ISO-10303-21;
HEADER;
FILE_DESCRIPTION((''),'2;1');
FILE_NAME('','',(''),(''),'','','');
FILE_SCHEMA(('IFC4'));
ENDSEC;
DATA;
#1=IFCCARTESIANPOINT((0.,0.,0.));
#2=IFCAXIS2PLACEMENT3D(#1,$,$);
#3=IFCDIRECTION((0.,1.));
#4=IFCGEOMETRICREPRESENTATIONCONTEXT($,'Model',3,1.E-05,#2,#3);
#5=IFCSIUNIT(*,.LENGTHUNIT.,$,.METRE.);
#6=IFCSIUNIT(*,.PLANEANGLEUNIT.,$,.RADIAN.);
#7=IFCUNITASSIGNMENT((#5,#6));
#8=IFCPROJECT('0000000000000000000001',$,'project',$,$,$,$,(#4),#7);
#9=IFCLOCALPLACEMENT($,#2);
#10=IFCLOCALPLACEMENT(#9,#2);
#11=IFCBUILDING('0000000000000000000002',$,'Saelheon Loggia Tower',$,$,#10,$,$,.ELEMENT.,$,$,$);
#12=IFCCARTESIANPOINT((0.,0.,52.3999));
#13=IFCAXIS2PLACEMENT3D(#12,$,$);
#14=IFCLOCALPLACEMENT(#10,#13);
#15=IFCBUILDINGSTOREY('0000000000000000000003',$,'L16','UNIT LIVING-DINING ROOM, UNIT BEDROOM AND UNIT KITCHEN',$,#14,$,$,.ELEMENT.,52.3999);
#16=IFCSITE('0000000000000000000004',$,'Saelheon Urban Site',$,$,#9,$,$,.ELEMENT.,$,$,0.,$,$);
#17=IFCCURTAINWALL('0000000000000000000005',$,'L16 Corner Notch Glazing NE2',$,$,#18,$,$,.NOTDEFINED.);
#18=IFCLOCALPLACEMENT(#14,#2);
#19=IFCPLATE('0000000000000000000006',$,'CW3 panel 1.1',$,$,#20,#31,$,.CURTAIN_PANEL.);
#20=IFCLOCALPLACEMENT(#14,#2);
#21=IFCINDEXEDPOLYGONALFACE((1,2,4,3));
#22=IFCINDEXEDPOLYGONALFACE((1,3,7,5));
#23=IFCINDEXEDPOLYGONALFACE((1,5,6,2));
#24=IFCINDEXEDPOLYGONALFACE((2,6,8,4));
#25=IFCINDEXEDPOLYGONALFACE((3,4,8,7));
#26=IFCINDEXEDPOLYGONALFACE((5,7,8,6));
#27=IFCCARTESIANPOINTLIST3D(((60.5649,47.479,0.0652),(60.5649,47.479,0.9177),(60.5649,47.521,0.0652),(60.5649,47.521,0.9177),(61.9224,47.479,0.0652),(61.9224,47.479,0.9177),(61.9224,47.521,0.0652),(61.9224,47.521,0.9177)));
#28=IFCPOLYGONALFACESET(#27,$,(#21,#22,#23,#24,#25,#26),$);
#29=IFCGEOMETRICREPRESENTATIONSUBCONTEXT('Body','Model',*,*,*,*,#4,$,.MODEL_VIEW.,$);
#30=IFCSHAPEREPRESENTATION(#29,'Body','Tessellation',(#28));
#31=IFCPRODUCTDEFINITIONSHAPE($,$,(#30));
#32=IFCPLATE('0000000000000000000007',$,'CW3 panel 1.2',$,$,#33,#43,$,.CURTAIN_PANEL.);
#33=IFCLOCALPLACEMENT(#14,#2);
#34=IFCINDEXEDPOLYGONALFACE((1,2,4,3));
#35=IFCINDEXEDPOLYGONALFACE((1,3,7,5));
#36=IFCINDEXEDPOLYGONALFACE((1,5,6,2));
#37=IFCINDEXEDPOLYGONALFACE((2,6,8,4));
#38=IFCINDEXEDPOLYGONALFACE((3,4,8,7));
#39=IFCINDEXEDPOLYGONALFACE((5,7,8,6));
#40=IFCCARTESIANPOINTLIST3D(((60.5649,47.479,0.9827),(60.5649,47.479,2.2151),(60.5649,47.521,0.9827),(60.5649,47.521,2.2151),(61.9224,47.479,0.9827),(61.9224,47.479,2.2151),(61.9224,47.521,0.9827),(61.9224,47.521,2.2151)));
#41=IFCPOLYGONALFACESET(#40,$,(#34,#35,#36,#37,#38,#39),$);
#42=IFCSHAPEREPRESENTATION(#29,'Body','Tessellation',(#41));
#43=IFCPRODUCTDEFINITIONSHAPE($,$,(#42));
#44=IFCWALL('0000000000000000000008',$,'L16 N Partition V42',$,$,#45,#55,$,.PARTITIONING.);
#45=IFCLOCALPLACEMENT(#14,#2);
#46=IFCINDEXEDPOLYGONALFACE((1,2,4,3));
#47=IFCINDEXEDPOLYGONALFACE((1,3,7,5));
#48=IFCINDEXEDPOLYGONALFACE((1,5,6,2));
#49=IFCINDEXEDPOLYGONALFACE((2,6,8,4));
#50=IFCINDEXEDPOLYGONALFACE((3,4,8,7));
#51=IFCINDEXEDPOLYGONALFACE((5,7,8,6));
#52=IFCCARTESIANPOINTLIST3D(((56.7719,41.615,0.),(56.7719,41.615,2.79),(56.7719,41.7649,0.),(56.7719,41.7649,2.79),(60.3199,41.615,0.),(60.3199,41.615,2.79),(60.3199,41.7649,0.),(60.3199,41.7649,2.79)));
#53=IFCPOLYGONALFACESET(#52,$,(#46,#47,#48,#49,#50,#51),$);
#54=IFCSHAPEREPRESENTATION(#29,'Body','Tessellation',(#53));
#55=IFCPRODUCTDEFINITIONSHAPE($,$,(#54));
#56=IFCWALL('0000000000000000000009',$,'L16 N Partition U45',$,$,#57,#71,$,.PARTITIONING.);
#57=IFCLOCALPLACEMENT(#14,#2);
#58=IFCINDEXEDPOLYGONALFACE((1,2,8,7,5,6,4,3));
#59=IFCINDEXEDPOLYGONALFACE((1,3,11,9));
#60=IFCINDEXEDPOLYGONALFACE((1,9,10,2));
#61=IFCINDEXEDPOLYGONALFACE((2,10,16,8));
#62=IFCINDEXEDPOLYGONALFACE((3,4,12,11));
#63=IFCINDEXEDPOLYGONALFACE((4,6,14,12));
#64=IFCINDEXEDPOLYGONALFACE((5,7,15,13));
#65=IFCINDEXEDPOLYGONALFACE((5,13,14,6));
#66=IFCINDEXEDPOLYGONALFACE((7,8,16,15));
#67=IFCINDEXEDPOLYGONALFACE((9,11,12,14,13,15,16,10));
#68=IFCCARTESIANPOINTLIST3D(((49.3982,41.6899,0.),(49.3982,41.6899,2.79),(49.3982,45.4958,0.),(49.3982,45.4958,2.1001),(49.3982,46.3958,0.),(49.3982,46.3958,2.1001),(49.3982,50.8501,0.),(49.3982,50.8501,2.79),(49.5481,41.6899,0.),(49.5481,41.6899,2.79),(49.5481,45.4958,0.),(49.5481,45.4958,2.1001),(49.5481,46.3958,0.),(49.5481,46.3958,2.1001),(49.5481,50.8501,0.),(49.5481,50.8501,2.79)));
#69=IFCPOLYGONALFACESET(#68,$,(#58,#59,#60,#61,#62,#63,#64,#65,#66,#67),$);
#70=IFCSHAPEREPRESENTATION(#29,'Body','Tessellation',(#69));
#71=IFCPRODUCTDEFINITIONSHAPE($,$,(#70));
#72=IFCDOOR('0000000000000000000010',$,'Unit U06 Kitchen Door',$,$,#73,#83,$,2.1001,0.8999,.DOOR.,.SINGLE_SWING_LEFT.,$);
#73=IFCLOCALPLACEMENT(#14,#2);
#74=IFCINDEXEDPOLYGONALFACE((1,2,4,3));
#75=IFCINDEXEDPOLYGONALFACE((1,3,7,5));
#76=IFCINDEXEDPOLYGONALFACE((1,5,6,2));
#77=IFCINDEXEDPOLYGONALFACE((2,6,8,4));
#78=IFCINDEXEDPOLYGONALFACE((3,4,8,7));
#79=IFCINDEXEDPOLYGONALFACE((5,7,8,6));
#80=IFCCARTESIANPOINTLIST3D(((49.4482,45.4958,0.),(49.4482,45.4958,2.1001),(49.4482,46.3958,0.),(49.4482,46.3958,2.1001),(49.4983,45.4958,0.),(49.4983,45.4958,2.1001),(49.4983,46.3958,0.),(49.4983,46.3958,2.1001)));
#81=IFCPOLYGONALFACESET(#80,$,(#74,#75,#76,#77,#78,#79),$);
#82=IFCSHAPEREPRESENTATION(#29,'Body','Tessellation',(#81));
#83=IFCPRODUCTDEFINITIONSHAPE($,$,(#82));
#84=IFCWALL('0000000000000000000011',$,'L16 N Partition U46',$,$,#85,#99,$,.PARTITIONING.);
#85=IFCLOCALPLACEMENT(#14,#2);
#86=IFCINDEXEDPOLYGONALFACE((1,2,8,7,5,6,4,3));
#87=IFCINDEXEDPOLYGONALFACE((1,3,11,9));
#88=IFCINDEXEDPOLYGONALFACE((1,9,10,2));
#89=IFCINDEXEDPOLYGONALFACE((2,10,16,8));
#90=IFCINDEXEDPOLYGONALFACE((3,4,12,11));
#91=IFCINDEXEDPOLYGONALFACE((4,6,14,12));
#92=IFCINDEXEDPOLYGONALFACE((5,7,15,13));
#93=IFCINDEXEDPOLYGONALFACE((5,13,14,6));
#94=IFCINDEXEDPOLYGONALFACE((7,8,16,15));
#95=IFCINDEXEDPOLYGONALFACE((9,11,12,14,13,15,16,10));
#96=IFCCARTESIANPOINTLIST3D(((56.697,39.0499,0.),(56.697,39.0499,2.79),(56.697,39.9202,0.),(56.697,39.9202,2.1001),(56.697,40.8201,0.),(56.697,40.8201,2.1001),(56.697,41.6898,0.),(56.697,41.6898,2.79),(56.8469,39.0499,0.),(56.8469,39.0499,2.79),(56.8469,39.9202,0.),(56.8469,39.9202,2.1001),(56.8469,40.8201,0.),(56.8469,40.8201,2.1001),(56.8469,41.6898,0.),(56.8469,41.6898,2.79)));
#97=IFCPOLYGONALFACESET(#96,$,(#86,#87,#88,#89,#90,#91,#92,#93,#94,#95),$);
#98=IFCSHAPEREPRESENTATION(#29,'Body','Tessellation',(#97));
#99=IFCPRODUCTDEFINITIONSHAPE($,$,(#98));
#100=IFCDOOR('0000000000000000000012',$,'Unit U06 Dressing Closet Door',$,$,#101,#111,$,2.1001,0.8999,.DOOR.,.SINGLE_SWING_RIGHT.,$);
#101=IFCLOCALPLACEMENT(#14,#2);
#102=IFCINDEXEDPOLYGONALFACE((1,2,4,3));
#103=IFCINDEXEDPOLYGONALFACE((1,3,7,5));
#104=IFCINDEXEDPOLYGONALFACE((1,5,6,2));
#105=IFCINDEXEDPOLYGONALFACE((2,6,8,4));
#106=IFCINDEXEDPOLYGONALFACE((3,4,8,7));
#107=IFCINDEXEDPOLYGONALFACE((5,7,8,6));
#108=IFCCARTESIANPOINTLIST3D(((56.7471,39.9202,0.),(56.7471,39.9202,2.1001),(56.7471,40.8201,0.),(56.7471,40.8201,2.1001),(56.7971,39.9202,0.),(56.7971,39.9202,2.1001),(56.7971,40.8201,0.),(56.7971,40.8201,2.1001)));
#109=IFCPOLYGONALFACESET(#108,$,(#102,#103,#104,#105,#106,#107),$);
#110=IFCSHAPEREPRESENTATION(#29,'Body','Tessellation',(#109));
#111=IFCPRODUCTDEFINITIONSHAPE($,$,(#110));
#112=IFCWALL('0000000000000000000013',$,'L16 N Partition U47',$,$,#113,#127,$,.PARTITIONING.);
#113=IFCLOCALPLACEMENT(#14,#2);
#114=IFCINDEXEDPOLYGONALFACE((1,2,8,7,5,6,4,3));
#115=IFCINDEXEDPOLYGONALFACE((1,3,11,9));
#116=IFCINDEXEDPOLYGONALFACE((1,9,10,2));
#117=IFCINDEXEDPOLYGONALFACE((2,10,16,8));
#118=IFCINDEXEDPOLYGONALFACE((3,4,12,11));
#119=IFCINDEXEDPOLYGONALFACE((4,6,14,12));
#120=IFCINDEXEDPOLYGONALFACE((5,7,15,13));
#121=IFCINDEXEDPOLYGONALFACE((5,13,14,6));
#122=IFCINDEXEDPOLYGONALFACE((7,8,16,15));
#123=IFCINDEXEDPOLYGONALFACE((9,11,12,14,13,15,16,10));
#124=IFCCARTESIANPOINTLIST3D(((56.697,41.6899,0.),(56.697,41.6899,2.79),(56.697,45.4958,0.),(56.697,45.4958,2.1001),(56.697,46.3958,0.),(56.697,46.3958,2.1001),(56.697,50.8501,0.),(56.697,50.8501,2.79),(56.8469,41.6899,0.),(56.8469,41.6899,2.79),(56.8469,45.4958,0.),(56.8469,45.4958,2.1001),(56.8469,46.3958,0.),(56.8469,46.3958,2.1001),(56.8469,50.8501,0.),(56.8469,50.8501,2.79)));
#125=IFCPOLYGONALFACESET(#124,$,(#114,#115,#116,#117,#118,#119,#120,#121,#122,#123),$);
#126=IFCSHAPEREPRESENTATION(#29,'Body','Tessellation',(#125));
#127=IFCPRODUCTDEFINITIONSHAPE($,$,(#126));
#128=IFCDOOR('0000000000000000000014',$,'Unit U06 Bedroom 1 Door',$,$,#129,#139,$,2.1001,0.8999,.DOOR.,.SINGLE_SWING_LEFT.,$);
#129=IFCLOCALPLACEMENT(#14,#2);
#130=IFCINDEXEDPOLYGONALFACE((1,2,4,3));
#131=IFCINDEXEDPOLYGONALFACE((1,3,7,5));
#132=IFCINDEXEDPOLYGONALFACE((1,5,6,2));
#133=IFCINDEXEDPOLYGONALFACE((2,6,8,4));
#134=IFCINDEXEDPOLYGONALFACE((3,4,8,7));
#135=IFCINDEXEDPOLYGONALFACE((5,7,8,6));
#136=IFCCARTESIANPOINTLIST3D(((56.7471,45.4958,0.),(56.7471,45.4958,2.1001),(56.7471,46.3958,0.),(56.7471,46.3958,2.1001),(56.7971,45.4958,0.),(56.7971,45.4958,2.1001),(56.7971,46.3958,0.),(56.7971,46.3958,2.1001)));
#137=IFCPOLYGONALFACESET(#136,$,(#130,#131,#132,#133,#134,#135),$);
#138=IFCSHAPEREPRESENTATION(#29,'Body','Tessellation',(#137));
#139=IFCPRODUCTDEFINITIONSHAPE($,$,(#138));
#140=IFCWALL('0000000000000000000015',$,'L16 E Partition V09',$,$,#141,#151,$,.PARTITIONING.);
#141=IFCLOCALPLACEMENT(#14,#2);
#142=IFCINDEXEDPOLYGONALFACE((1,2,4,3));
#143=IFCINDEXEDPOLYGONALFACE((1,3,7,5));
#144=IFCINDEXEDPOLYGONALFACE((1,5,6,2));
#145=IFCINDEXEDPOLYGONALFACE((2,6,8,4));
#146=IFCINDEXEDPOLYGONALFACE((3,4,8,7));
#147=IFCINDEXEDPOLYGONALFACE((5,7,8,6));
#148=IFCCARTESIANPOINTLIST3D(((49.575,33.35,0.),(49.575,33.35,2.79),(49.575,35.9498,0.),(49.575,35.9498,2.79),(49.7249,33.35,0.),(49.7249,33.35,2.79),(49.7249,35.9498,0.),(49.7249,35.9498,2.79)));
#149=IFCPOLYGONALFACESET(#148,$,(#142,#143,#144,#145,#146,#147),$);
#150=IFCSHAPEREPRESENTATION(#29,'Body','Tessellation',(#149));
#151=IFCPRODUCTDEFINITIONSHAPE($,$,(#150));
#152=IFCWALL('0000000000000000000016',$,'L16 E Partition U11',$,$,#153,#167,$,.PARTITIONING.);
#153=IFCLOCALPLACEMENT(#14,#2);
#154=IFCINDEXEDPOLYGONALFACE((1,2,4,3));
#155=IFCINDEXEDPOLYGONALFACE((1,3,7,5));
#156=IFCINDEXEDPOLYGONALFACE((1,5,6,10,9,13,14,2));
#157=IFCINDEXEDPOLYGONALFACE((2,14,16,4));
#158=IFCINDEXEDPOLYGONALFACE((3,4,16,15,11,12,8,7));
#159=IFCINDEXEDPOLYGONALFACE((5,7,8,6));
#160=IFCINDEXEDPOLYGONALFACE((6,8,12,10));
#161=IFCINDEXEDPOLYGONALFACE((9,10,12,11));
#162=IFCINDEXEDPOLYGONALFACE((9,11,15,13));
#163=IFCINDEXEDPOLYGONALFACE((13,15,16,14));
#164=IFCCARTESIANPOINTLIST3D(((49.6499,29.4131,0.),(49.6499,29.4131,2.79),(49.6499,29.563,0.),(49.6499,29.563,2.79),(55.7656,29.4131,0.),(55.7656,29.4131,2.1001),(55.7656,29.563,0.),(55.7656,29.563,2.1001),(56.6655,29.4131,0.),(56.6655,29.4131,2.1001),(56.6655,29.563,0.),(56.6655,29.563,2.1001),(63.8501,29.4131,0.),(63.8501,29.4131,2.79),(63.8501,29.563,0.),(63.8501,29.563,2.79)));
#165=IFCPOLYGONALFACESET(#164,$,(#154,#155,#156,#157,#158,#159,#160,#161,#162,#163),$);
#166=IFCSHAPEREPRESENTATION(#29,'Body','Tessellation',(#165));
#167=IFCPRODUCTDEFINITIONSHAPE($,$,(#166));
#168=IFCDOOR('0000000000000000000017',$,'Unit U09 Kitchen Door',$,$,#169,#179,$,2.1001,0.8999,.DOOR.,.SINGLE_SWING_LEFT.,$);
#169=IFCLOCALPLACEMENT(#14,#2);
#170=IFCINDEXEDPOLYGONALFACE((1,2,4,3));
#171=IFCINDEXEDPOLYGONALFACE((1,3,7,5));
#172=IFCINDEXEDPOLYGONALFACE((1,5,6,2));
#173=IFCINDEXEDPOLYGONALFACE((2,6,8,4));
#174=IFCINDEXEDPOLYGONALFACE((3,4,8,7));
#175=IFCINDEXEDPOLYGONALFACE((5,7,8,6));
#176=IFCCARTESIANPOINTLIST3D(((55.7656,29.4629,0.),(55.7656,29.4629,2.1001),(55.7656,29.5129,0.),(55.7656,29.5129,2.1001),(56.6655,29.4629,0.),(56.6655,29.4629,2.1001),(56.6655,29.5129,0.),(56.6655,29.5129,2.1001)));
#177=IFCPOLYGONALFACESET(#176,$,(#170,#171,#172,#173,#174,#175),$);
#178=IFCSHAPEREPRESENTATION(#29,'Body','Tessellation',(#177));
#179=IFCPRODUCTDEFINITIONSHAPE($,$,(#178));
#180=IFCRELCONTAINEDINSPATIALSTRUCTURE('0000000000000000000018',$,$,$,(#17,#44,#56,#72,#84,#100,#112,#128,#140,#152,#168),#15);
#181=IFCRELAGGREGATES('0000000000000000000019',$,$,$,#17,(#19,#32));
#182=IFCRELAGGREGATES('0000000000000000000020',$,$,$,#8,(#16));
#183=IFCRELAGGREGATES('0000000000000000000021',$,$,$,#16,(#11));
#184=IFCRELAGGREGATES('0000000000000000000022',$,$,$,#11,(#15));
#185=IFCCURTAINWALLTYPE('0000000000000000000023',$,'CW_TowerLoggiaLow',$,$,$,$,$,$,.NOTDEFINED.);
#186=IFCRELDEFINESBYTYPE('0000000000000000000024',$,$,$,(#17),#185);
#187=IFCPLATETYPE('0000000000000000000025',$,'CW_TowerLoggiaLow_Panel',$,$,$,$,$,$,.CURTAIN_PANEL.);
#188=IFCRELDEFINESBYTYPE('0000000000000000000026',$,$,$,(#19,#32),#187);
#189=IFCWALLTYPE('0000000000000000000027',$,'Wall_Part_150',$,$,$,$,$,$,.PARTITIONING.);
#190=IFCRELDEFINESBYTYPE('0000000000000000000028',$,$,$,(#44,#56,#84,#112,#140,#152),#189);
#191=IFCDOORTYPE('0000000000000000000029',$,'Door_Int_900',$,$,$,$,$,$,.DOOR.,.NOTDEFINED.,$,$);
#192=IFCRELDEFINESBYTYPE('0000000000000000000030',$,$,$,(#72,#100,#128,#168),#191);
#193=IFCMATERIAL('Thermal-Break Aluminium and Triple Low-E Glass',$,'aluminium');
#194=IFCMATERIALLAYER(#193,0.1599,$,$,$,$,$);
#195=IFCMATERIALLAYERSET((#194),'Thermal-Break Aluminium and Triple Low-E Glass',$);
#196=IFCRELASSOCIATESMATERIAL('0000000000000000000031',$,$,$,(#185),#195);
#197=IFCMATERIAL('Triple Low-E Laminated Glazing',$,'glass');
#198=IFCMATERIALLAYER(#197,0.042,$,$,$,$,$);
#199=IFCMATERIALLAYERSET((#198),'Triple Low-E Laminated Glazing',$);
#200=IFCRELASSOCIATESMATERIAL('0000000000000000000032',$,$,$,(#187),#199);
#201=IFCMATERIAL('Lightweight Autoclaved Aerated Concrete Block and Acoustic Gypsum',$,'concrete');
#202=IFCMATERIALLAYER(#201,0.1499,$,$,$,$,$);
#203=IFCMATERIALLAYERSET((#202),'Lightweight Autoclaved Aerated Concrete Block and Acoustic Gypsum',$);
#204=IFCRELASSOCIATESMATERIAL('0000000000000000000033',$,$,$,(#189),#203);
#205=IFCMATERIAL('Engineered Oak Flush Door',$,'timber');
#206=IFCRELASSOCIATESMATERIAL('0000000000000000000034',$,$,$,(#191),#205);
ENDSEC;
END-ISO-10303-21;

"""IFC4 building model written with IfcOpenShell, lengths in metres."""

from ifc_helpers import new_model, si_unit, direction, frame, frame_2d, origin, origin_2d, place, context, subcontext, project, spatial, rectangle, extrude, source, transform, mapped, material, layer, layer_set, type_object, element, fill, aggregate, save


model = new_model("IFC4")

# Units and contexts
model_context = context("Model", 3, precision=1e-05, world=origin(), true_north=direction((0.0, 1.0)))
body_context = subcontext(model_context, "Body", "Model", "MODEL_VIEW")
ifc_project = project(units=[si_unit("LENGTHUNIT", "METRE"), si_unit("PLANEANGLEUNIT", "RADIAN")], contexts=[model_context])

# Site, building, storey
site_placement = place(None, origin())
site = spatial("IfcSite", under=ifc_project, at=site_placement, Name="Saelheon Urban Site", CompositionType="ELEMENT", RefElevation=0.0)
building_placement = place(site_placement, origin())
building = spatial("IfcBuilding", under=site, at=building_placement, Name="Saelheon Loggia Tower", CompositionType="ELEMENT")
storey_placement = place(building_placement, frame((0.0, 0.0, 52.3999)))
storey = spatial("IfcBuildingStorey", under=building, at=storey_placement, Name="L16", Description="UNIT LIVING-DINING ROOM, UNIT BEDROOM AND UNIT KITCHEN", CompositionType="ELEMENT", Elevation=52.3999)

# Curtain wall, plates
ifc_material_1 = material(Name="Thermal-Break Aluminium and Triple Low-E Glass", Category="aluminium")
ifc_layer_1 = layer(ifc_material_1, 0.1599)
ifc_layer_set_1 = layer_set([ifc_layer_1], Name="Thermal-Break Aluminium and Triple Low-E Glass")
curtain_wall_type = type_object("IfcCurtainWallType", Name="CW_TowerLoggiaLow", PredefinedType="NOTDEFINED", material=ifc_layer_set_1)
curtain_wall_placement = place(storey_placement, origin())
curtain_wall = element("IfcCurtainWall", 1, at=curtain_wall_placement, inside=storey, type_object=curtain_wall_type, Name="L16 Corner Notch Glazing NE2", PredefinedType="NOTDEFINED")
ifc_material_2 = material(Name="Triple Low-E Laminated Glazing", Category="glass")
ifc_layer_2 = layer(ifc_material_2, 0.042)
ifc_layer_set_2 = layer_set([ifc_layer_2], Name="Triple Low-E Laminated Glazing")
plate_type = type_object("IfcPlateType", Name="CW_TowerLoggiaLow_Panel", PredefinedType="CURTAIN_PANEL", material=ifc_layer_set_2)
shared_shape_1 = source(origin(), body_context, "Body", "SweptSolid", [
    extrude(rectangle(XDim=1.3574, YDim=0.042, at=origin_2d()), origin(), (0.0, 0.0, 1.0), 0.8525),
])
plate_1_placement = place(storey_placement, frame((61.2437, 47.5, 0.0652), z_axis=(0.0, 0.0, 1.0), x_axis=(1.0, 0.0, 0.0)))
plate_1 = element("IfcPlate", 2, at=plate_1_placement, type_object=plate_type, Name="CW3 panel 1.1", PredefinedType="CURTAIN_PANEL", context=body_context, shape_type="MappedRepresentation", body=[
    mapped(shared_shape_1, transform((0.0, 0.0, 0.0), scale=1.0)),
])
shared_shape_2 = source(origin(), body_context, "Body", "SweptSolid", [
    extrude(rectangle(XDim=1.3574, YDim=0.042, at=origin_2d()), origin(), (0.0, 0.0, 1.0), 1.2324),
])
plate_2_placement = place(storey_placement, frame((61.2437, 47.5, 0.9827), z_axis=(0.0, 0.0, 1.0), x_axis=(1.0, 0.0, 0.0)))
plate_2 = element("IfcPlate", 3, at=plate_2_placement, type_object=plate_type, Name="CW3 panel 1.2", PredefinedType="CURTAIN_PANEL", context=body_context, shape_type="MappedRepresentation", body=[
    mapped(shared_shape_2, transform((0.0, 0.0, 0.0), scale=1.0)),
])
aggregate(curtain_wall, [plate_1, plate_2])

# Wall
ifc_material_3 = material(Name="Lightweight Autoclaved Aerated Concrete Block and Acoustic Gypsum", Category="concrete")
ifc_layer_3 = layer(ifc_material_3, 0.1499)
ifc_layer_set_3 = layer_set([ifc_layer_3], Name="Lightweight Autoclaved Aerated Concrete Block and Acoustic Gypsum")
wall_type_1 = type_object("IfcWallType", Name="Wall_Part_150", PredefinedType="PARTITIONING", material=ifc_layer_set_3)
wall_1_placement = place(storey_placement, frame((56.772, 41.6899, 0.0), z_axis=(0.0, 0.0, 1.0), x_axis=(1.0, 0.0, 0.0)))
element("IfcWall", 4, at=wall_1_placement, inside=storey, type_object=wall_type_1, Name="L16 N Partition V42", PredefinedType="PARTITIONING", context=body_context, shape_type="SweptSolid", body=[
    extrude(rectangle(XDim=3.5481, YDim=0.1499, at=frame_2d((1.7739, 0.0))), origin(), (0.0, 0.0, 1.0), 2.79),
])

# Walls, openings, doors
wall_2_placement = place(storey_placement, frame((49.4731, 41.6899, 0.0), z_axis=(0.0, 0.0, 1.0), x_axis=(0.0, 1.0, 0.0)))
wall_2 = element("IfcWall", 5, at=wall_2_placement, inside=storey, type_object=wall_type_1, Name="L16 N Partition U45", PredefinedType="PARTITIONING", context=body_context, shape_type="SweptSolid", body=[
    extrude(rectangle(XDim=9.1602, YDim=0.1499, at=frame_2d((4.5801, 0.0))), origin(), (0.0, 0.0, 1.0), 2.79),
])
opening_1_placement = place(wall_2_placement, frame((3.8059, 0.0, 0.0)))
opening_1 = element("IfcOpeningElement", 6, at=opening_1_placement, cuts=wall_2, PredefinedType="OPENING", context=body_context, shape_type="SweptSolid", body=[
    extrude(rectangle(XDim=0.8999, YDim=2.1001, at=frame_2d((0.45, 1.05))), frame((0.0, 0.0869, 0.0), z_axis=(0.0, -1.0, 0.0), x_axis=(1.0, 0.0, 0.0)), (0.0, 0.0, 1.0), 0.1738),
])
ifc_material_4 = material(Name="Engineered Oak Flush Door", Category="timber")
door_type = type_object("IfcDoorType", Name="Door_Int_900", OperationType="NOTDEFINED", PredefinedType="DOOR", material=ifc_material_4)
shared_shape_3 = source(origin(), body_context, "Body", "SweptSolid", [
    extrude(rectangle(XDim=0.8999, YDim=2.1001, at=frame_2d((0.45, 1.05))), frame((0.0, 0.0249, 0.0), z_axis=(0.0, -1.0, 0.0), x_axis=(1.0, 0.0, 0.0)), (0.0, 0.0, 1.0), 0.05),
])
door_1_placement = place(opening_1_placement, origin())
door_1 = element("IfcDoor", 7, at=door_1_placement, inside=storey, type_object=door_type, Name="Unit U06 Kitchen Door", OperationType="SINGLE_SWING_LEFT", OverallHeight=2.1001, OverallWidth=0.8999, PredefinedType="DOOR", context=body_context, shape_type="MappedRepresentation", body=[
    mapped(shared_shape_3, transform((0.0, 0.0, 0.0), scale=1.0)),
])
fill(opening_1, door_1)
wall_3_placement = place(storey_placement, frame((56.772, 39.05, 0.0), z_axis=(0.0, 0.0, 1.0), x_axis=(0.0, 1.0, 0.0)))
wall_3 = element("IfcWall", 8, at=wall_3_placement, inside=storey, type_object=wall_type_1, Name="L16 N Partition U46", PredefinedType="PARTITIONING", context=body_context, shape_type="SweptSolid", body=[
    extrude(rectangle(XDim=2.6399, YDim=0.1499, at=frame_2d((1.3198, 0.0))), origin(), (0.0, 0.0, 1.0), 2.79),
])
opening_2_placement = place(wall_3_placement, frame((0.8701, 0.0, 0.0)))
opening_2 = element("IfcOpeningElement", 9, at=opening_2_placement, cuts=wall_3, PredefinedType="OPENING", context=body_context, shape_type="SweptSolid", body=[
    extrude(rectangle(XDim=0.8999, YDim=2.1001, at=frame_2d((0.45, 1.05))), frame((0.0, 0.0869, 0.0), z_axis=(0.0, -1.0, 0.0), x_axis=(1.0, 0.0, 0.0)), (0.0, 0.0, 1.0), 0.1738),
])
door_2_placement = place(opening_2_placement, origin())
door_2 = element("IfcDoor", 10, at=door_2_placement, inside=storey, type_object=door_type, Name="Unit U06 Dressing Closet Door", OperationType="SINGLE_SWING_RIGHT", OverallHeight=2.1001, OverallWidth=0.8999, PredefinedType="DOOR", context=body_context, shape_type="MappedRepresentation", body=[
    mapped(shared_shape_3, transform((0.0, 0.0, 0.0), scale=1.0)),
])
fill(opening_2, door_2)
wall_4_placement = place(storey_placement, frame((56.772, 41.6899, 0.0), z_axis=(0.0, 0.0, 1.0), x_axis=(0.0, 1.0, 0.0)))
wall_4 = element("IfcWall", 11, at=wall_4_placement, inside=storey, type_object=wall_type_1, Name="L16 N Partition U47", PredefinedType="PARTITIONING", context=body_context, shape_type="SweptSolid", body=[
    extrude(rectangle(XDim=9.1602, YDim=0.1499, at=frame_2d((4.5801, 0.0))), origin(), (0.0, 0.0, 1.0), 2.79),
])
opening_3_placement = place(wall_4_placement, frame((3.8059, 0.0, 0.0)))
opening_3 = element("IfcOpeningElement", 12, at=opening_3_placement, cuts=wall_4, PredefinedType="OPENING", context=body_context, shape_type="SweptSolid", body=[
    extrude(rectangle(XDim=0.8999, YDim=2.1001, at=frame_2d((0.45, 1.05))), frame((0.0, 0.0869, 0.0), z_axis=(0.0, -1.0, 0.0), x_axis=(1.0, 0.0, 0.0)), (0.0, 0.0, 1.0), 0.1738),
])
door_3_placement = place(opening_3_placement, origin())
door_3 = element("IfcDoor", 13, at=door_3_placement, inside=storey, type_object=door_type, Name="Unit U06 Bedroom 1 Door", OperationType="SINGLE_SWING_LEFT", OverallHeight=2.1001, OverallWidth=0.8999, PredefinedType="DOOR", context=body_context, shape_type="MappedRepresentation", body=[
    mapped(shared_shape_3, transform((0.0, 0.0, 0.0), scale=1.0)),
])
fill(opening_3, door_3)

# Wall
wall_5_placement = place(storey_placement, frame((49.6499, 33.3501, 0.0), z_axis=(0.0, 0.0, 1.0), x_axis=(0.0, 1.0, 0.0)))
element("IfcWall", 14, at=wall_5_placement, inside=storey, type_object=wall_type_1, Name="L16 E Partition V09", PredefinedType="PARTITIONING", context=body_context, shape_type="SweptSolid", body=[
    extrude(rectangle(XDim=2.5999, YDim=0.1499, at=frame_2d((1.2998, 0.0))), origin(), (0.0, 0.0, 1.0), 2.79),
])

# Wall, opening, door
wall_6_placement = place(storey_placement, frame((49.6499, 29.488, 0.0), z_axis=(0.0, 0.0, 1.0), x_axis=(1.0, 0.0, 0.0)))
wall_6 = element("IfcWall", 15, at=wall_6_placement, inside=storey, type_object=wall_type_1, Name="L16 E Partition U11", PredefinedType="PARTITIONING", context=body_context, shape_type="SweptSolid", body=[
    extrude(rectangle(XDim=14.2002, YDim=0.1499, at=frame_2d((7.1001, 0.0))), origin(), (0.0, 0.0, 1.0), 2.79),
])
opening_4_placement = place(wall_6_placement, frame((6.1157, 0.0, 0.0)))
opening_4 = element("IfcOpeningElement", 16, at=opening_4_placement, cuts=wall_6, PredefinedType="OPENING", context=body_context, shape_type="SweptSolid", body=[
    extrude(rectangle(XDim=0.8999, YDim=2.1001, at=frame_2d((0.45, 1.05))), frame((0.0, 0.0869, 0.0), z_axis=(0.0, -1.0, 0.0), x_axis=(1.0, 0.0, 0.0)), (0.0, 0.0, 1.0), 0.1738),
])
door_4_placement = place(opening_4_placement, origin())
door_4 = element("IfcDoor", 17, at=door_4_placement, inside=storey, type_object=door_type, Name="Unit U09 Kitchen Door", OperationType="SINGLE_SWING_LEFT", OverallHeight=2.1001, OverallWidth=0.8999, PredefinedType="DOOR", context=body_context, shape_type="MappedRepresentation", body=[
    mapped(shared_shape_3, transform((0.0, 0.0, 0.0), scale=1.0)),
])
fill(opening_4, door_4)

save(model, "model.ifc")
